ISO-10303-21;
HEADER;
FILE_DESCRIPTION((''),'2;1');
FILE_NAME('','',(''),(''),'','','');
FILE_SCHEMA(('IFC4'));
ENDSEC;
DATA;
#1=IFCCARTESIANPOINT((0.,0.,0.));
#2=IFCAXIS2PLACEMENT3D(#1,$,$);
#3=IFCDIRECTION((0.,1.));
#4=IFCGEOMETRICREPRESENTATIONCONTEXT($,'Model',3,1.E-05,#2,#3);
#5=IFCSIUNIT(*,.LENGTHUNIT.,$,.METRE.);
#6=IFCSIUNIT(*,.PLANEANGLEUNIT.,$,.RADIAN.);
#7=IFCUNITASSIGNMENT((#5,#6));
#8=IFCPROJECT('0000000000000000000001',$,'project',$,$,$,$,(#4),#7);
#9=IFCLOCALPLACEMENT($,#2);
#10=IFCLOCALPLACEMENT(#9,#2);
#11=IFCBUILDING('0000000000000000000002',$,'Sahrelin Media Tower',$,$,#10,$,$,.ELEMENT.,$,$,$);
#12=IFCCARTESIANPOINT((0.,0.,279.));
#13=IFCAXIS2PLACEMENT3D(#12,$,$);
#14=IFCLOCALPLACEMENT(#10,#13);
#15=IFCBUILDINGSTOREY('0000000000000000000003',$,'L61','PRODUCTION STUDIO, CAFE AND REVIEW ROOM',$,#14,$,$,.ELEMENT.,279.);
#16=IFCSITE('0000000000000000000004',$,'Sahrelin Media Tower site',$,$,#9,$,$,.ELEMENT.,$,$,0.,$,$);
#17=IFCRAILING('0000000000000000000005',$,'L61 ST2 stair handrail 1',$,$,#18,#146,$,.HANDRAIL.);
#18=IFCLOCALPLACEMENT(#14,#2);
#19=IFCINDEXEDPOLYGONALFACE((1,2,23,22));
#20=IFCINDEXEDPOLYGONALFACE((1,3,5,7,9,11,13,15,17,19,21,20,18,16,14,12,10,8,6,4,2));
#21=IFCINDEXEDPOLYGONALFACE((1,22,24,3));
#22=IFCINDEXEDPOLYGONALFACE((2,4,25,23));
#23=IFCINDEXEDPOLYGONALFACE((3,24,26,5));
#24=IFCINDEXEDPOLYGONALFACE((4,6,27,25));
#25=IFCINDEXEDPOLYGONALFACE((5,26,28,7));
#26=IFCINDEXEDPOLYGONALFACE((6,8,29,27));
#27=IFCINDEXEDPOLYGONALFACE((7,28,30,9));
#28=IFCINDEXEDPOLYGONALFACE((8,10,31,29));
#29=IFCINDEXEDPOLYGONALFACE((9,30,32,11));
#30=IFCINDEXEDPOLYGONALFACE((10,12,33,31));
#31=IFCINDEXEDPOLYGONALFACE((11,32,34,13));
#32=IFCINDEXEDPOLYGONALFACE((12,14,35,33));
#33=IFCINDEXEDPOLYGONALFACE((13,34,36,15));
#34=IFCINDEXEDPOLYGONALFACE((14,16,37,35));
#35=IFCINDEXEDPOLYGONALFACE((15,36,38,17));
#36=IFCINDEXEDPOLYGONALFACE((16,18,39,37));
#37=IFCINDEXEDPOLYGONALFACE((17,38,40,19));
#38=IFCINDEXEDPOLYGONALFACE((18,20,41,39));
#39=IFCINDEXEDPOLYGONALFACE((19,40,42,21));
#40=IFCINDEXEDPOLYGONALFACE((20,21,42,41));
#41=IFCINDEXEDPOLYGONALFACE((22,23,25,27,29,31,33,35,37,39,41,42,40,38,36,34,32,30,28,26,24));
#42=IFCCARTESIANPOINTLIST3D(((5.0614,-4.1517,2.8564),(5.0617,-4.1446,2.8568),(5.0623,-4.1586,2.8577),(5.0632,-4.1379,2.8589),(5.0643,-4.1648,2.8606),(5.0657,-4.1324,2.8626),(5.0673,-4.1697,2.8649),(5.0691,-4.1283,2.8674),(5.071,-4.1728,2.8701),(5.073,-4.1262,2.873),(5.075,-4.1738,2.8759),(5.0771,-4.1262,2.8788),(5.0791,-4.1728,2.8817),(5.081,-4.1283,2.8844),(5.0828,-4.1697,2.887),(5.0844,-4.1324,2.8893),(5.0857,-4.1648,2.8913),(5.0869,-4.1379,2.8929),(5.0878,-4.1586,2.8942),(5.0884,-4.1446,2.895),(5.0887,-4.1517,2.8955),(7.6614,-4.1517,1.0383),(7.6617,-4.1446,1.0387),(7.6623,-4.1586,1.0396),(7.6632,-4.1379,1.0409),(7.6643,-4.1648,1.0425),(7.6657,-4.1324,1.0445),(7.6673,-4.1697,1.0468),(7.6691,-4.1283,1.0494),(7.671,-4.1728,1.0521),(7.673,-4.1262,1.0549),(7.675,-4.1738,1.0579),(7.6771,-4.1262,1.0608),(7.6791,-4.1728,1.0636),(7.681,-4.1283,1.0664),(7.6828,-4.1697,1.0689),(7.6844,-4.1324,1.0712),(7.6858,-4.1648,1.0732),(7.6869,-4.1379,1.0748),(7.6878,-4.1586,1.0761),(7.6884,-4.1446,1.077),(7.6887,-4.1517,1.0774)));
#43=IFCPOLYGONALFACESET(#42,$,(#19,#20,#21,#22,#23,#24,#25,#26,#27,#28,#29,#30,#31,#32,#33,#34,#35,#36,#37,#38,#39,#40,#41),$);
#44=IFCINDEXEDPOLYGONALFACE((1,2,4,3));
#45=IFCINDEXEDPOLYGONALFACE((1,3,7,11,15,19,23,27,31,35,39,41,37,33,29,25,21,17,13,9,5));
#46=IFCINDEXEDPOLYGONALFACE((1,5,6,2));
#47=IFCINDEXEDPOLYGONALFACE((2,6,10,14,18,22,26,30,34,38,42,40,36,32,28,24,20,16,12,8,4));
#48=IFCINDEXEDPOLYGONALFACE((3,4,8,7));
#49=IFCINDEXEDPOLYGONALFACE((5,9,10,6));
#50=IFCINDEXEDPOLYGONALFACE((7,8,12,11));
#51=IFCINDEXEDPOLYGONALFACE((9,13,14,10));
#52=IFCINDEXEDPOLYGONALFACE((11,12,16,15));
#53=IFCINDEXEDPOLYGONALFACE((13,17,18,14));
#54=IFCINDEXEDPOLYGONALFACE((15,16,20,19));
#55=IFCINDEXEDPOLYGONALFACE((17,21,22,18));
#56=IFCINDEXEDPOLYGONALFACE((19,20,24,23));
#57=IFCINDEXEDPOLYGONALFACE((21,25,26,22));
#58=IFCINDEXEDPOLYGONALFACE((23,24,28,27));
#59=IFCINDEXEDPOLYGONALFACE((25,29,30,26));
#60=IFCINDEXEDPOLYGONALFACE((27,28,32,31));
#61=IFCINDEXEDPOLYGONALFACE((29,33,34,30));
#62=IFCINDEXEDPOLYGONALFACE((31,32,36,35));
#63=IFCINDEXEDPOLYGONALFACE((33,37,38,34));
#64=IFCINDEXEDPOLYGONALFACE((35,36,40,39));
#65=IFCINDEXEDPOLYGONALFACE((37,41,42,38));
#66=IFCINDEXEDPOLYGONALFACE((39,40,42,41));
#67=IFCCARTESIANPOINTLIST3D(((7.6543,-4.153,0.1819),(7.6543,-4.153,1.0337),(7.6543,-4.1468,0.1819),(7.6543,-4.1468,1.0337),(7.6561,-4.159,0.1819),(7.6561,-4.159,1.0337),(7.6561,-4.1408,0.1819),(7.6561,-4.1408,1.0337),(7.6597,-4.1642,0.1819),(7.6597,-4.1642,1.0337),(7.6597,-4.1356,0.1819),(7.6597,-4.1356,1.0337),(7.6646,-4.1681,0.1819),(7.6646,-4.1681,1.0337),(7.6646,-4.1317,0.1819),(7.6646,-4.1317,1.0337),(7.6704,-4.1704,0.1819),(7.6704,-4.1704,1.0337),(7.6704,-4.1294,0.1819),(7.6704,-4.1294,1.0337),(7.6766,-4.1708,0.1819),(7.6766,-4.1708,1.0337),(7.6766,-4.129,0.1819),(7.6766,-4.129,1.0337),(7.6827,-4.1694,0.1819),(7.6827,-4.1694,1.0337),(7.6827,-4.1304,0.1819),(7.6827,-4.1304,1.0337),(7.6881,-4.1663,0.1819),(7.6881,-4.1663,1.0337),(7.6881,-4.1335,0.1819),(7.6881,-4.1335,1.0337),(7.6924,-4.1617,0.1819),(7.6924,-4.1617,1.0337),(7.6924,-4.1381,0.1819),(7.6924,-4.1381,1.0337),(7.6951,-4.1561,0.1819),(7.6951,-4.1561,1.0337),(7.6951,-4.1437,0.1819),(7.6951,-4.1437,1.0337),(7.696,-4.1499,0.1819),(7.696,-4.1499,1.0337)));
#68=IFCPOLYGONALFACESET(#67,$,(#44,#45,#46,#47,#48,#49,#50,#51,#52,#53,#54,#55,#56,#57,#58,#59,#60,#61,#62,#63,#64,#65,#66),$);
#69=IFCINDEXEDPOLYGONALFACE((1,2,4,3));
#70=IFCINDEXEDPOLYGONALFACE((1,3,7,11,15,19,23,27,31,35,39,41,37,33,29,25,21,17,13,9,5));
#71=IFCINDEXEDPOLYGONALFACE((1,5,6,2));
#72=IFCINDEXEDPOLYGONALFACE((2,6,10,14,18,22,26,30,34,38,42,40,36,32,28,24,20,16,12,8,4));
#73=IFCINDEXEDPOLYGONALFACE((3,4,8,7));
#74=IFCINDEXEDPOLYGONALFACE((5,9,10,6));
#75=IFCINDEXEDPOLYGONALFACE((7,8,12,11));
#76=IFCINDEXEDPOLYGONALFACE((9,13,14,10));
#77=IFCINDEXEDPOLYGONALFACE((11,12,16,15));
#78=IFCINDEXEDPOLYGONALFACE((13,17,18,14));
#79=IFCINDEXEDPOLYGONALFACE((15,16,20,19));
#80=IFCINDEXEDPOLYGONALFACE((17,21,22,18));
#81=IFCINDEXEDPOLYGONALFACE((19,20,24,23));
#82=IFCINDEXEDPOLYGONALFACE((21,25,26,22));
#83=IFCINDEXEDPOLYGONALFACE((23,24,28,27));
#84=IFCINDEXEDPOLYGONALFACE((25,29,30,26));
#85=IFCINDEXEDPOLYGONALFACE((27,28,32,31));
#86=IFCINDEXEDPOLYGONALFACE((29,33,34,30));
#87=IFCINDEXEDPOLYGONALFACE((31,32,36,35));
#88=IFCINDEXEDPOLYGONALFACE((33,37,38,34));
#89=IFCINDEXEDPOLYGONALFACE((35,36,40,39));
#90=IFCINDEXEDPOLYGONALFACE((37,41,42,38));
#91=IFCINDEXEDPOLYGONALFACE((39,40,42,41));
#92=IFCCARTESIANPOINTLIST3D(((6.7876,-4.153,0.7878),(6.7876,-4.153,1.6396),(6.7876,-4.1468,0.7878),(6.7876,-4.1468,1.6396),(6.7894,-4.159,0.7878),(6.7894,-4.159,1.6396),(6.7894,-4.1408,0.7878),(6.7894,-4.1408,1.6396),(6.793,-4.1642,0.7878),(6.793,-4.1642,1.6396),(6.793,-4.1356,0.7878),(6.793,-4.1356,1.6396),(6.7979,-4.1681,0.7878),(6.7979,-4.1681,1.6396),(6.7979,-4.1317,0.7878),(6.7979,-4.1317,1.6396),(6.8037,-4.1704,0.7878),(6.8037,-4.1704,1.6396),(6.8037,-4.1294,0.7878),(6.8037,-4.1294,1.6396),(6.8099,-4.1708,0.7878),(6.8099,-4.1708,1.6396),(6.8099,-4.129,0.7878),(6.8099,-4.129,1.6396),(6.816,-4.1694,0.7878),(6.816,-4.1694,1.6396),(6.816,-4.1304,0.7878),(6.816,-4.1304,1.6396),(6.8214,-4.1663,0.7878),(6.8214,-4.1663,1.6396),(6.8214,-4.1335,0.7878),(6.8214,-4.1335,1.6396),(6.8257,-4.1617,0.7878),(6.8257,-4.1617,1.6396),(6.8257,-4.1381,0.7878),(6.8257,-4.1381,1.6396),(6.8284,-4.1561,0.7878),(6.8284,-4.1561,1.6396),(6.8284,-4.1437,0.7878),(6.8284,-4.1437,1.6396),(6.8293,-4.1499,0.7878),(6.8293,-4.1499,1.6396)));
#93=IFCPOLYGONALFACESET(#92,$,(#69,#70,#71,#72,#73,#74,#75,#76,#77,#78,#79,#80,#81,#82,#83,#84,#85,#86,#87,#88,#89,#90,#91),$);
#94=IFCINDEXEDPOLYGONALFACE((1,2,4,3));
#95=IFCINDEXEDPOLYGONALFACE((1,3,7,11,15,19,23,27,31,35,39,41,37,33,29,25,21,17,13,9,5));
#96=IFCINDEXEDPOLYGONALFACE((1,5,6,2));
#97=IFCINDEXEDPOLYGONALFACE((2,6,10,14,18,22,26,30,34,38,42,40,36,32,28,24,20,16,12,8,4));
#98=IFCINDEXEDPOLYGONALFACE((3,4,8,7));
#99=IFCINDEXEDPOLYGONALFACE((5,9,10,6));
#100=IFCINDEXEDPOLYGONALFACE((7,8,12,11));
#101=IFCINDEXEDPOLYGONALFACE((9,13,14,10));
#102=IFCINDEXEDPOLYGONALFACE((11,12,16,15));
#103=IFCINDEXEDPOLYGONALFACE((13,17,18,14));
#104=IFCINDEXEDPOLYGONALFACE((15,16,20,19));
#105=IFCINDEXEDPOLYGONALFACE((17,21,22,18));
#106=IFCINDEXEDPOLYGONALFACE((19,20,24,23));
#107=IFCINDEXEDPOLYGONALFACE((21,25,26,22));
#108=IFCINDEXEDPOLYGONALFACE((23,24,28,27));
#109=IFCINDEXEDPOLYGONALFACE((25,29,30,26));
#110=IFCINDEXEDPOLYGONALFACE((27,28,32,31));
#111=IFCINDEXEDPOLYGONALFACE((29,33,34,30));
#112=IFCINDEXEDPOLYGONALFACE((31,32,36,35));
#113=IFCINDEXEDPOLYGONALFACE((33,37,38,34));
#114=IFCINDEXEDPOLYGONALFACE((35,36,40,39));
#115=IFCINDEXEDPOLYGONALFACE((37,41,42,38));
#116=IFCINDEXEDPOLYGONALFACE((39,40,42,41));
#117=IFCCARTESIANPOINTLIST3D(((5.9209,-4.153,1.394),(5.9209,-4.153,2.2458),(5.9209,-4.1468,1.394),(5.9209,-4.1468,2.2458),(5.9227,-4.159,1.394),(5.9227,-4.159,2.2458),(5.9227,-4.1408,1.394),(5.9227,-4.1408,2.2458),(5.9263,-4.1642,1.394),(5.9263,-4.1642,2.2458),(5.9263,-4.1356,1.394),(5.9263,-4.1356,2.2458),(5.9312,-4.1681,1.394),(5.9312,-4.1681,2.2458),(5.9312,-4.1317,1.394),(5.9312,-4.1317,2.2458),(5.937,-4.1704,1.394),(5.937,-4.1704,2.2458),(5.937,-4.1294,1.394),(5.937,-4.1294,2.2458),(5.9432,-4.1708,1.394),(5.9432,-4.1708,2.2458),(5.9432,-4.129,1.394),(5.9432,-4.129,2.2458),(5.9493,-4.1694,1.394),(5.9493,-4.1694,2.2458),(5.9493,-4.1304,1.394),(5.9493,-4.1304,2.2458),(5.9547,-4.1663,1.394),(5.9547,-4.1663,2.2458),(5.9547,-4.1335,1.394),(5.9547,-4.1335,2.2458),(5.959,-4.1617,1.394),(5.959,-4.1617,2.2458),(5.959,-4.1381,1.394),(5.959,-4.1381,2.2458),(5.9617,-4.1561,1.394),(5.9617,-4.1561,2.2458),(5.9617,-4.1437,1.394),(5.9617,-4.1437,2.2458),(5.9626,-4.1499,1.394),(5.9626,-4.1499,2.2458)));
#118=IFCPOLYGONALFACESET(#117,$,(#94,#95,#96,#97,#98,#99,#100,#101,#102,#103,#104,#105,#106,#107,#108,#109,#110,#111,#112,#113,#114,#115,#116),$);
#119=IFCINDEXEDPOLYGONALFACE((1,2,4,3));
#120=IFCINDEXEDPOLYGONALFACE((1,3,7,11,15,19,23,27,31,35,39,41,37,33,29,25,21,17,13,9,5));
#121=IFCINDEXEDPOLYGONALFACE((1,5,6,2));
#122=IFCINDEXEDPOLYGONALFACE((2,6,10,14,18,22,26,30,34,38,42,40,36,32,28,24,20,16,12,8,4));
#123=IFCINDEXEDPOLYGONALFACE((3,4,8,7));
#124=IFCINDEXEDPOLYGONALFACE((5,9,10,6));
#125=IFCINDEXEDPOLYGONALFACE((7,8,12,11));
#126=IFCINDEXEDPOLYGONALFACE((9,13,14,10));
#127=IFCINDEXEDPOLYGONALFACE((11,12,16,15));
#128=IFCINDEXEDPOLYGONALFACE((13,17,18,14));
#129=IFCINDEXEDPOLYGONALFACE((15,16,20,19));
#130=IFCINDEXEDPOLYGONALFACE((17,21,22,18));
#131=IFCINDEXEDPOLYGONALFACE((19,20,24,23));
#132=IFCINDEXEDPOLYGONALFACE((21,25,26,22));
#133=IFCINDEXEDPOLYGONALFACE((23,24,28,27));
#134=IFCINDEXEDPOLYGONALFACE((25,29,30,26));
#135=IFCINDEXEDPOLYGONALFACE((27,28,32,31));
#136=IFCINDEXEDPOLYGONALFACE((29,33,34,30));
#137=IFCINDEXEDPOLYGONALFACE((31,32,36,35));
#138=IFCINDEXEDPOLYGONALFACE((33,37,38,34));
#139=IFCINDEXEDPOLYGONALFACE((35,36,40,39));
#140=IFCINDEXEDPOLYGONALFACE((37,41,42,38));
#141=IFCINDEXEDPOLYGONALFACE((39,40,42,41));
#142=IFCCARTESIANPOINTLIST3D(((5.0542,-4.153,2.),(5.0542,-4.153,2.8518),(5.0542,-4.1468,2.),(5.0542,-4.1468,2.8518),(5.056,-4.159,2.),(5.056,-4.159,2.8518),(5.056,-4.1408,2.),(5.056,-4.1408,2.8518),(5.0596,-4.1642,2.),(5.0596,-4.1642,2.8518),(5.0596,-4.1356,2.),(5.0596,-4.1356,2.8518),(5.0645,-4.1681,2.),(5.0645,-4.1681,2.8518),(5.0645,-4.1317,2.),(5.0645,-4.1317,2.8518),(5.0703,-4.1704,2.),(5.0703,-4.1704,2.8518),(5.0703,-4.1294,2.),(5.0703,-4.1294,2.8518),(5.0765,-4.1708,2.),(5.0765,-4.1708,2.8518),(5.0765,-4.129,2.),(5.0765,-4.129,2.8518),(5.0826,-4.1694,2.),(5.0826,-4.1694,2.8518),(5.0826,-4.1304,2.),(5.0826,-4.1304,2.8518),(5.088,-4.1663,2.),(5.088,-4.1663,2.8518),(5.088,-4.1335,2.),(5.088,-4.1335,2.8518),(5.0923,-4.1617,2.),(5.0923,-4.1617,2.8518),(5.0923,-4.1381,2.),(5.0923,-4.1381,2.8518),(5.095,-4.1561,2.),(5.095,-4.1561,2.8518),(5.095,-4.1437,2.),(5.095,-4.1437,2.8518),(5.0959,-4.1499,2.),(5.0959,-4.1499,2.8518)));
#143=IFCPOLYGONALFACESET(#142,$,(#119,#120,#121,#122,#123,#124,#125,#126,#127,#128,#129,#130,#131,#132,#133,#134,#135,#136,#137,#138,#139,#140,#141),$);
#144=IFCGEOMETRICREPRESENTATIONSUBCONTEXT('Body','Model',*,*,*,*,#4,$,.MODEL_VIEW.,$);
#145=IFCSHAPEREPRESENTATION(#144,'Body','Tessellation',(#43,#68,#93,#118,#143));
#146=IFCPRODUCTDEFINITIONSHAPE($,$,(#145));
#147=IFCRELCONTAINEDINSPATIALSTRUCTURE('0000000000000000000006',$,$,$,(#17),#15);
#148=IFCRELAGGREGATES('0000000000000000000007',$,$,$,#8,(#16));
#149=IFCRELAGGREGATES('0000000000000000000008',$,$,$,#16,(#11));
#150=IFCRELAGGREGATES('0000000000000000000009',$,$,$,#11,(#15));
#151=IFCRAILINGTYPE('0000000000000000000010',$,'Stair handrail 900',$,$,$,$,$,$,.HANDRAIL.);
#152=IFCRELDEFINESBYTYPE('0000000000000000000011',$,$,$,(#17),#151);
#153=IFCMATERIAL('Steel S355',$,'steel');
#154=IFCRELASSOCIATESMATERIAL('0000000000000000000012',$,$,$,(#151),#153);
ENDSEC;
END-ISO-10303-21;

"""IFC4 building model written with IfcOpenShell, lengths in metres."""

from ifc_helpers import new_model, si_unit, direction, frame, origin, origin_2d, place, context, subcontext, project, spatial, circle, extrude, material, type_object, element, save


model = new_model("IFC4")

# Units and contexts
model_context = context("Model", 3, precision=1e-05, world=origin(), true_north=direction((0.0, 1.0)))
body_context = subcontext(model_context, "Body", "Model", "MODEL_VIEW")
ifc_project = project(units=[si_unit("LENGTHUNIT", "METRE"), si_unit("PLANEANGLEUNIT", "RADIAN")], contexts=[model_context])

# Site, building, storey
site_placement = place(None, origin())
site = spatial("IfcSite", under=ifc_project, at=site_placement, Name="Sahrelin Media Tower site", CompositionType="ELEMENT", RefElevation=0.0)
building_placement = place(site_placement, origin())
building = spatial("IfcBuilding", under=site, at=building_placement, Name="Sahrelin Media Tower", CompositionType="ELEMENT")
storey_placement = place(building_placement, frame((0.0, 0.0, 279.0)))
storey = spatial("IfcBuildingStorey", under=building, at=storey_placement, Name="L61", Description="PRODUCTION STUDIO, CAFE AND REVIEW ROOM", CompositionType="ELEMENT", Elevation=279.0)

# Shared definitions
ifc_material_1 = material(Name="Steel S355", Category="steel")

# Railing
railing_type_1 = type_object("IfcRailingType", Name="Stair handrail 900", PredefinedType="HANDRAIL", material=ifc_material_1)
railing_1_placement = place(storey_placement, frame((7.675, -4.1499, 0.1819)))
element("IfcRailing", 1, at=railing_1_placement, inside=storey, type_object=railing_type_1, Name="L61 ST2 stair handrail 1", PredefinedType="HANDRAIL", context=body_context, shape_type="SweptSolid", body=[
    extrude(circle(Radius=0.0239, at=origin_2d()), frame((0.0, 0.0, 0.876), z_axis=(-0.819521, 0.0, 0.573049), x_axis=(0.0, -1.0, 0.0)), (0.0, 0.0, 1.0), 3.1726),
    extrude(circle(Radius=0.021, at=origin_2d()), origin(), (0.0, 0.0, 1.0), 0.8518),
    extrude(circle(Radius=0.021, at=origin_2d()), frame((-0.8667, 0.0, 0.606)), (0.0, 0.0, 1.0), 0.8518),
    extrude(circle(Radius=0.021, at=origin_2d()), frame((-1.7334, 0.0, 1.2122)), (0.0, 0.0, 1.0), 0.8518),
    extrude(circle(Radius=0.021, at=origin_2d()), frame((-2.6001, 0.0, 1.8181)), (0.0, 0.0, 1.0), 0.8518),
])

save(model, "model.ifc")
